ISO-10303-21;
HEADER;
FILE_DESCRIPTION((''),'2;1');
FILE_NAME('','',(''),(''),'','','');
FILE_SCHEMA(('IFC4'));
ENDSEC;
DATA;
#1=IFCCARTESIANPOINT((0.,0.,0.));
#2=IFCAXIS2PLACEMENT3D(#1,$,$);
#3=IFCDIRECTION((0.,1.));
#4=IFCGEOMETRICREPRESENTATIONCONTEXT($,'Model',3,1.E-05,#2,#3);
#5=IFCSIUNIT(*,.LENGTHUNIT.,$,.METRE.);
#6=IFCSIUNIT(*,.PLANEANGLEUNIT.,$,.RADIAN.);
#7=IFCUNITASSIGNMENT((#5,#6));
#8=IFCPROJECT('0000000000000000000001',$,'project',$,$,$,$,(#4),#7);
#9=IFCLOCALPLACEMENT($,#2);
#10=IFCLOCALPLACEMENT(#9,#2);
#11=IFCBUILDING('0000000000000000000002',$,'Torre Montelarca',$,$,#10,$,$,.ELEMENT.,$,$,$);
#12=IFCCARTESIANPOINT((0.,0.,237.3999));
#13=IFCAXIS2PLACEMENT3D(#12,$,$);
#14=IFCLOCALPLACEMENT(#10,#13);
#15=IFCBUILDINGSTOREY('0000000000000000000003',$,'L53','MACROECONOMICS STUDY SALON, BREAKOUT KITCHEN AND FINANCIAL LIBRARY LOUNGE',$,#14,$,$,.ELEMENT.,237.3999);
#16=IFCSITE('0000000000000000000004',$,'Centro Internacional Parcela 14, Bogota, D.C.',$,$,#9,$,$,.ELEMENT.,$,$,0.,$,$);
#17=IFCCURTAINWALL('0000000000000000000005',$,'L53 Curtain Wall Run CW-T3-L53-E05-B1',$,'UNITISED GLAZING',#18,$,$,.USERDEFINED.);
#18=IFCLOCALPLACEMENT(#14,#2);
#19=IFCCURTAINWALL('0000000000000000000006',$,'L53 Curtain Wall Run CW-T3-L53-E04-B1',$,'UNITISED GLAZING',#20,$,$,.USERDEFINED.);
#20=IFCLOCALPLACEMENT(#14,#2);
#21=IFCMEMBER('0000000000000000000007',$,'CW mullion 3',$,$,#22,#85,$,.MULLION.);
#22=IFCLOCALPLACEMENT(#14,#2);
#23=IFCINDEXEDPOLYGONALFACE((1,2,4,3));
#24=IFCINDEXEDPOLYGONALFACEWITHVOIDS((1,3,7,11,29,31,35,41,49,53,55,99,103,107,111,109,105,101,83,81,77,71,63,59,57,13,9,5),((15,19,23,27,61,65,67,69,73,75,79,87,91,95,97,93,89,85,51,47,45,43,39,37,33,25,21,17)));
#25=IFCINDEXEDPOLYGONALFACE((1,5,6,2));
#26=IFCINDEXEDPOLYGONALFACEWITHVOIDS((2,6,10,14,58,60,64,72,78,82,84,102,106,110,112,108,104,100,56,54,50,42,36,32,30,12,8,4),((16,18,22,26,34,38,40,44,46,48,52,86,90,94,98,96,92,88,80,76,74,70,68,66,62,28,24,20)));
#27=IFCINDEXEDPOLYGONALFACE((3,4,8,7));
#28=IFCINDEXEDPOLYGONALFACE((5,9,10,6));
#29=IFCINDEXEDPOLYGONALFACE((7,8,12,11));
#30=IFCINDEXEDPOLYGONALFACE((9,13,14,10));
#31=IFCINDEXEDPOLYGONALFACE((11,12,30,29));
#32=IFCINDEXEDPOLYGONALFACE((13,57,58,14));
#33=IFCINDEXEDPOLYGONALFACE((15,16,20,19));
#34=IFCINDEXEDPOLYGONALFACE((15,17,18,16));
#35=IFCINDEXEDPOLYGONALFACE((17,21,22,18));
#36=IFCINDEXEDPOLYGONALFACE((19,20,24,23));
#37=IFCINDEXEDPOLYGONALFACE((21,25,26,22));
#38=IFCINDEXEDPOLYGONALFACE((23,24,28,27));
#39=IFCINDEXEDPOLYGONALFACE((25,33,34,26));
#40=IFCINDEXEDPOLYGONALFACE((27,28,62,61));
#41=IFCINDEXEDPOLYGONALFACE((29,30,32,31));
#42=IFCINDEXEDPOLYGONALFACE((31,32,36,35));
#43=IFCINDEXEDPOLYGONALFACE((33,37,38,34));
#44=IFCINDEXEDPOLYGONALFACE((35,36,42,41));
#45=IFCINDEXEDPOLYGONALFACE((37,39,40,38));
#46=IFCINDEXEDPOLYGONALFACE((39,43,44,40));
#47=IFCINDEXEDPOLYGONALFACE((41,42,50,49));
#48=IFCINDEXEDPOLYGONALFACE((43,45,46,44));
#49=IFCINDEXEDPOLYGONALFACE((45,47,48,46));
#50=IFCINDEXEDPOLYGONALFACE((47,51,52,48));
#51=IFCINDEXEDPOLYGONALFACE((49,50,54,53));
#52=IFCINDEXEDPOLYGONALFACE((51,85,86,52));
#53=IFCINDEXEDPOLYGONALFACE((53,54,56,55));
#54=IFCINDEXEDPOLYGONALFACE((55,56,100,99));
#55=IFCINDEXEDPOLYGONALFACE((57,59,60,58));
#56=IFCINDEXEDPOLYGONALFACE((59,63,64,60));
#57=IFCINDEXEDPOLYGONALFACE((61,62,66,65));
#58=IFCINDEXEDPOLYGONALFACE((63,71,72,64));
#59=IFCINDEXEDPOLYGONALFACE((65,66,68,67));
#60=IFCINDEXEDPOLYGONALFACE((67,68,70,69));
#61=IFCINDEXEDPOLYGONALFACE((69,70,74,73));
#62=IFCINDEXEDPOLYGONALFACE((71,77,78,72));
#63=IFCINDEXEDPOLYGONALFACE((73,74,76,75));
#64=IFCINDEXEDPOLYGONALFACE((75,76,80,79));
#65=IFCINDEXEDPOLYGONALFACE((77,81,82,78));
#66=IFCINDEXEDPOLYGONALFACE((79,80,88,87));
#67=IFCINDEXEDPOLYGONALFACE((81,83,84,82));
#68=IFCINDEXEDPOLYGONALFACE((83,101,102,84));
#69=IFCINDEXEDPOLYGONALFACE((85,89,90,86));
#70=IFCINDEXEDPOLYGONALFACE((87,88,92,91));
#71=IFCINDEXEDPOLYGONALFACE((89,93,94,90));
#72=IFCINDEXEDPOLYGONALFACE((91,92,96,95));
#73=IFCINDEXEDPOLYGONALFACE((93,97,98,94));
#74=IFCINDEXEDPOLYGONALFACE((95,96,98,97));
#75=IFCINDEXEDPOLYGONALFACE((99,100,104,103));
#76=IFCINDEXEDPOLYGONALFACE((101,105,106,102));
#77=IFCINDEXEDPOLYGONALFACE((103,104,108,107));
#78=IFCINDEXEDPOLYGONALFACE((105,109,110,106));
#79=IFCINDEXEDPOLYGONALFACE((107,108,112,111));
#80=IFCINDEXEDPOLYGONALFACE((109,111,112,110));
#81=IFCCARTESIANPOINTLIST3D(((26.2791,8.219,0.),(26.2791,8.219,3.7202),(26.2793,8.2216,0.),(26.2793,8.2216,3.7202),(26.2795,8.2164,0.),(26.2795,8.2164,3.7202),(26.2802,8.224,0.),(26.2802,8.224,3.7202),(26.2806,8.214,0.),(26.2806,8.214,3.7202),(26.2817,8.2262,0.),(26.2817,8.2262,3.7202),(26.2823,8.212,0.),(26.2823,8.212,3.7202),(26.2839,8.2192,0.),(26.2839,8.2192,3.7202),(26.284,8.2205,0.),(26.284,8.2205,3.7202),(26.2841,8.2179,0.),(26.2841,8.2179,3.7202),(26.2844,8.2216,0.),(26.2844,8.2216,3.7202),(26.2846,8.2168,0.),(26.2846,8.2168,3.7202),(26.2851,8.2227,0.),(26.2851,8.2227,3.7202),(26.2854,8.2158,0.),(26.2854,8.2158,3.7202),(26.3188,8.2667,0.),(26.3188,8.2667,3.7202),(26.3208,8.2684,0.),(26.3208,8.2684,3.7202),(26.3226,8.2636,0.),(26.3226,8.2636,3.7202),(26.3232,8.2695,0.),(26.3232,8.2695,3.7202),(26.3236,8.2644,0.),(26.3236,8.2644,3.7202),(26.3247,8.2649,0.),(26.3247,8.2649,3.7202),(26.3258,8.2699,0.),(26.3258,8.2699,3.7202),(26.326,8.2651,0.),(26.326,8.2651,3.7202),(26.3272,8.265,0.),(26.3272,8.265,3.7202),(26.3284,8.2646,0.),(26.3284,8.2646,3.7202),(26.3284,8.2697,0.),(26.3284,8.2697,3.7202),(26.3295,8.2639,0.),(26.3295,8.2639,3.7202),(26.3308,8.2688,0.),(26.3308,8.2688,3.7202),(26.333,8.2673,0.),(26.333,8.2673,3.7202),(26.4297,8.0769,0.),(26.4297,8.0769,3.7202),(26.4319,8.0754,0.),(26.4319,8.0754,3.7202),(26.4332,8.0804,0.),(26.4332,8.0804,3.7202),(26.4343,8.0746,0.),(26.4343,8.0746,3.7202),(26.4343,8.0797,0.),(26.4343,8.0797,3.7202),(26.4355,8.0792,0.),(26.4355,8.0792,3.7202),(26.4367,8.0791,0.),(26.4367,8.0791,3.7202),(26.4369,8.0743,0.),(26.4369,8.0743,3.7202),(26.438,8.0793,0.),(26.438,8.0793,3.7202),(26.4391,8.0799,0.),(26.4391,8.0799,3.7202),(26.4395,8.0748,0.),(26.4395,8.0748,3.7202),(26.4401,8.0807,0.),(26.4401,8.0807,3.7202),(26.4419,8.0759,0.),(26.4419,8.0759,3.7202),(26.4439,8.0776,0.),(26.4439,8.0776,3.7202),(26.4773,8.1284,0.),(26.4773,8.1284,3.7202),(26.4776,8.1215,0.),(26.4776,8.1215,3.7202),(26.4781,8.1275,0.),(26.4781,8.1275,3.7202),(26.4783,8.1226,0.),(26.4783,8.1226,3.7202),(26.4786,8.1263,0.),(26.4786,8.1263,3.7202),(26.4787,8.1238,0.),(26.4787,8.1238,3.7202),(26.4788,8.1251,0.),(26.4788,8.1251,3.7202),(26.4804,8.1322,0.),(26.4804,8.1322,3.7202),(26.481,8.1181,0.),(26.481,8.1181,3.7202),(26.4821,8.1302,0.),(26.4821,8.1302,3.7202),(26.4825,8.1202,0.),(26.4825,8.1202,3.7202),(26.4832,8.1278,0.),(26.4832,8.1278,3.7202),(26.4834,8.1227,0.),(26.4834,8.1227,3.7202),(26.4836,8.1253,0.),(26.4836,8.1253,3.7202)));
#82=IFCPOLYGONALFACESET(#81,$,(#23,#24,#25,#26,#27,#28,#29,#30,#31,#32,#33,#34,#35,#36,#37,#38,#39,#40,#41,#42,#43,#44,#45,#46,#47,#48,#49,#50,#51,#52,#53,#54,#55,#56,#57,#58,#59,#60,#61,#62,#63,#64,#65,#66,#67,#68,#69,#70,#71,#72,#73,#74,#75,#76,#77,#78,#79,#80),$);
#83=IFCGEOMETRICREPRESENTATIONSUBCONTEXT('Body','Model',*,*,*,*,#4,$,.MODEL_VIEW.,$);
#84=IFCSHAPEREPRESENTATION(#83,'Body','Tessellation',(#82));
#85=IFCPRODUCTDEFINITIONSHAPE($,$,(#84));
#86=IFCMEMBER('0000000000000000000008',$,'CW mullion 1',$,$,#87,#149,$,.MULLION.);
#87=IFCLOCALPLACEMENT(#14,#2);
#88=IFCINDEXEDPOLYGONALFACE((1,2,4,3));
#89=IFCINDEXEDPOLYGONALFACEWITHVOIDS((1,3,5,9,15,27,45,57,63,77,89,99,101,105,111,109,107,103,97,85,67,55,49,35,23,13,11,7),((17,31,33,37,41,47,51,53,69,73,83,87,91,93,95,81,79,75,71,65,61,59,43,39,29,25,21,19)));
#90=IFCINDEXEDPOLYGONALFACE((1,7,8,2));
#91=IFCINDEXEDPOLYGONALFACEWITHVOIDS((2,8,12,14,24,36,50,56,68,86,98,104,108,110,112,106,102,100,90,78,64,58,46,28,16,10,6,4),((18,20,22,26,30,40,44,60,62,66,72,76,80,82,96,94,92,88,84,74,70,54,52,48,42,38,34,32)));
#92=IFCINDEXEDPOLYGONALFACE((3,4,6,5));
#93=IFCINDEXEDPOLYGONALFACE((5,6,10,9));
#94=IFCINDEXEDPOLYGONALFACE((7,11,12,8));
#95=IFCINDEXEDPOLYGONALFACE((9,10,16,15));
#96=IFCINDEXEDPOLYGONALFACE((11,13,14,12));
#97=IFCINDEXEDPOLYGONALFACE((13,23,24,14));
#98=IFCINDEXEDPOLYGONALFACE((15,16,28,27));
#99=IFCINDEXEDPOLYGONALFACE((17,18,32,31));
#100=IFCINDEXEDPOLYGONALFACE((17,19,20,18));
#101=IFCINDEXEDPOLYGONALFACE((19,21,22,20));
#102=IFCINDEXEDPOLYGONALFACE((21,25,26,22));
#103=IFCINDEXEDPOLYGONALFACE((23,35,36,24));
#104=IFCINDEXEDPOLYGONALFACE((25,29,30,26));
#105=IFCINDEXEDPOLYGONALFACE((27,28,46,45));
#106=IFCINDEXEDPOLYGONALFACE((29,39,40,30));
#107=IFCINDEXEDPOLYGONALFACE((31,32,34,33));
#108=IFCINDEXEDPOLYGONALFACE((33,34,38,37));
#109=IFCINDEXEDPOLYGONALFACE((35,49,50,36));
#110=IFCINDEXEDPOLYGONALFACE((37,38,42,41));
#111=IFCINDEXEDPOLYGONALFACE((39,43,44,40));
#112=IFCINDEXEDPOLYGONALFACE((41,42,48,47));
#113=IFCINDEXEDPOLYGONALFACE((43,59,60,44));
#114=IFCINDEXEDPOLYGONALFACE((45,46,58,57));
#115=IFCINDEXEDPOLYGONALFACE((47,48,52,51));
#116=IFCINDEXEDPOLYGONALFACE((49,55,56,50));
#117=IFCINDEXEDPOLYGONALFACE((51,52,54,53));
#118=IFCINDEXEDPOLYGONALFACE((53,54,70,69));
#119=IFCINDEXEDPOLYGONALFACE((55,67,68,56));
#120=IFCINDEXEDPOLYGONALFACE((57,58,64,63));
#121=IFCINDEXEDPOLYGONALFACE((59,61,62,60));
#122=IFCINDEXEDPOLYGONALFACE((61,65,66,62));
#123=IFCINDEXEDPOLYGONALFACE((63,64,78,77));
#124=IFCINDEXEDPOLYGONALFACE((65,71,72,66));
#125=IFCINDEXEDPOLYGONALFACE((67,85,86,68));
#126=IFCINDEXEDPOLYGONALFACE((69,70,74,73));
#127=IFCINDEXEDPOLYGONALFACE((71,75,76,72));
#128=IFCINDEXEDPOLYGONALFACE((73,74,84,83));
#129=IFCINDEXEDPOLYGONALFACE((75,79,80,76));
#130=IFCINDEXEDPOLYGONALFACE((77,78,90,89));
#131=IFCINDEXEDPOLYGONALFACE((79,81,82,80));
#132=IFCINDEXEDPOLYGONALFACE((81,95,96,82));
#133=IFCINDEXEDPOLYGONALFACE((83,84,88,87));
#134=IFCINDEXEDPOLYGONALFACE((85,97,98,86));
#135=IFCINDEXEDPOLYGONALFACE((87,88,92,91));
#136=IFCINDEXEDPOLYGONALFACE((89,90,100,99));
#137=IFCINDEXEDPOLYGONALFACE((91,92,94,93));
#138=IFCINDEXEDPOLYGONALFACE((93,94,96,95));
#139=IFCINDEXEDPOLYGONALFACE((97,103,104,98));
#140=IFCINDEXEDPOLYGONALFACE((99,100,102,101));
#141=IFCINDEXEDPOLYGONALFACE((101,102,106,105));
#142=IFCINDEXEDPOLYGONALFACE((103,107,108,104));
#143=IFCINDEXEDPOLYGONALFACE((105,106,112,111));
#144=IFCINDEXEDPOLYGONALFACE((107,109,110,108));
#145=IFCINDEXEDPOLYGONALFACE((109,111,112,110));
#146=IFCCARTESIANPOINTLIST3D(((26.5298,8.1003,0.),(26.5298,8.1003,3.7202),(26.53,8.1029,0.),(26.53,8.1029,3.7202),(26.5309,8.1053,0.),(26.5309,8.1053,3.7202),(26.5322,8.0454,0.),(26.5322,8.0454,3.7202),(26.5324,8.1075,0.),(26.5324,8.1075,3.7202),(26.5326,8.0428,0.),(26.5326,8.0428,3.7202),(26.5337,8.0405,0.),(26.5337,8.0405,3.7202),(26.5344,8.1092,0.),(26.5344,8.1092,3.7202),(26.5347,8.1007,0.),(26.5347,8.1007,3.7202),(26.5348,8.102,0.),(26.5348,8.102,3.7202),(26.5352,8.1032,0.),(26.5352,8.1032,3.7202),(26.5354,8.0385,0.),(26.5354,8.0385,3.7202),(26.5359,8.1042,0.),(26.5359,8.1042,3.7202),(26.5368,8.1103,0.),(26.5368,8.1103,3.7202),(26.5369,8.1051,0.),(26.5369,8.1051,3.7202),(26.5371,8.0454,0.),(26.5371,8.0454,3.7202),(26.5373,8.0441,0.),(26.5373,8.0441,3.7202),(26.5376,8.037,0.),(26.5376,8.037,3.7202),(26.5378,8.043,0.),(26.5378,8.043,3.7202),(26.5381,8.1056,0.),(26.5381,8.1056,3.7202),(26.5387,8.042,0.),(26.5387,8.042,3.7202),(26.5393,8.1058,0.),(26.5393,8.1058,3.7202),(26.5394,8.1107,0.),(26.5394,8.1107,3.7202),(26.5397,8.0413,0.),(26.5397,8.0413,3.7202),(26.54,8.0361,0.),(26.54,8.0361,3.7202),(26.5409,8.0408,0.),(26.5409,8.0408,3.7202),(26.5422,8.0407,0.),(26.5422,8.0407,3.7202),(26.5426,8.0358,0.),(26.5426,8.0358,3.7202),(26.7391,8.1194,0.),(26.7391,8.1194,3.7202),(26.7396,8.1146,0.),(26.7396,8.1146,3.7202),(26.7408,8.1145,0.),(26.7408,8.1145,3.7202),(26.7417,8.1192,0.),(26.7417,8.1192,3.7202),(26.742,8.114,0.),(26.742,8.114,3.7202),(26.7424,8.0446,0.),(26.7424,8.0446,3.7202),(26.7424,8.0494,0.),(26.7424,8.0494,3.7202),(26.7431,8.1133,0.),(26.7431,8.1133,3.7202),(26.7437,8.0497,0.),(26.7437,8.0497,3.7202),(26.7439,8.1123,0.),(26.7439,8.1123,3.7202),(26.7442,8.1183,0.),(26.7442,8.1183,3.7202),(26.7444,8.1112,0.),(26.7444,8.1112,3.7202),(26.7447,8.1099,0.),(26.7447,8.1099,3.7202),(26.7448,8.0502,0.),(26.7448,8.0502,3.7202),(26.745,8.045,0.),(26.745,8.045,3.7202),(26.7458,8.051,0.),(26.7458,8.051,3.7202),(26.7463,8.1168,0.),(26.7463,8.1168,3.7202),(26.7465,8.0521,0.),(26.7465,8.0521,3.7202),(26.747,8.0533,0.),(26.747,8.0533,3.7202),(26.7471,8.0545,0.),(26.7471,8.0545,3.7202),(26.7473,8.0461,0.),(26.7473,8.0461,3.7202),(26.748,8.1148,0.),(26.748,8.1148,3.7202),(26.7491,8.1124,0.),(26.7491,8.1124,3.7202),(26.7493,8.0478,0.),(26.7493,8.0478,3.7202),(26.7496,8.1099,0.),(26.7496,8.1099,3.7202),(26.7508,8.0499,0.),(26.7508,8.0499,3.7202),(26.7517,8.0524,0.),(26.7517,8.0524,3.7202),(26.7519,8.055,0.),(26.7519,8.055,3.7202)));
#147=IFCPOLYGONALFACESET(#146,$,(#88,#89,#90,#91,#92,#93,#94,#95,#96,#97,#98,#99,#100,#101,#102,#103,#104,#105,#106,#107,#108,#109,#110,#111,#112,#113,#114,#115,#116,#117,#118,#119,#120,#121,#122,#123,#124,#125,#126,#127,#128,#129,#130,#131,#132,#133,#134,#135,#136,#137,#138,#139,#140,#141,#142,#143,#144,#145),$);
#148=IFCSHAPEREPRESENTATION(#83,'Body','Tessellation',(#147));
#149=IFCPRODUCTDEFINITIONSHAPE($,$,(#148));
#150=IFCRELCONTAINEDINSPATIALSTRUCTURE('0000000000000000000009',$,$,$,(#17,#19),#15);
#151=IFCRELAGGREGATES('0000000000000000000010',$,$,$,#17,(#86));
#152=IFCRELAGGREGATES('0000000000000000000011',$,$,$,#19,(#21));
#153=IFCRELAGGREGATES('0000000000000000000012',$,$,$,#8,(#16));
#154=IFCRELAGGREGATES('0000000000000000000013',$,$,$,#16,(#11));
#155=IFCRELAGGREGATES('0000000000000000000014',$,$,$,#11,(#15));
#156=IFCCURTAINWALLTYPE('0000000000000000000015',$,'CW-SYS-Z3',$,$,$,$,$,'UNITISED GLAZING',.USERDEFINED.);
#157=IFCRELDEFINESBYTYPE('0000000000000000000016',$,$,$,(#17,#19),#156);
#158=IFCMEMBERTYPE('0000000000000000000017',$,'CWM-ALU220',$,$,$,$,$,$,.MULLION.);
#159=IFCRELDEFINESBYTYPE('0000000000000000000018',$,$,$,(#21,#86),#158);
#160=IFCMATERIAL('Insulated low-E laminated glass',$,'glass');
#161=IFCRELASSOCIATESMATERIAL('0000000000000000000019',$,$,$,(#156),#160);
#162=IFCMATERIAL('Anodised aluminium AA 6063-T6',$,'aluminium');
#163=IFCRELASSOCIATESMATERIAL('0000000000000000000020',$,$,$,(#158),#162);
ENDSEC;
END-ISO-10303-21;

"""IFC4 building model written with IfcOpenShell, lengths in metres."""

from ifc_helpers import new_model, si_unit, direction, frame, origin, origin_2d, place, context, subcontext, project, spatial, hollow_rectangle, extrude, source, transform, mapped, material, material_profile, profile_set, type_object, element, aggregate, save


model = new_model("IFC4")

# Units and contexts
model_context = context("Model", 3, precision=1e-05, world=origin(), true_north=direction((0.0, 1.0)))
body_context = subcontext(model_context, "Body", "Model", "MODEL_VIEW")
ifc_project = project(units=[si_unit("LENGTHUNIT", "METRE"), si_unit("PLANEANGLEUNIT", "RADIAN")], contexts=[model_context])

# Site, building, storey
site_placement = place(None, origin())
site = spatial("IfcSite", under=ifc_project, at=site_placement, Name="Centro Internacional Parcela 14, Bogota, D.C.", CompositionType="ELEMENT", RefElevation=0.0)
building_placement = place(site_placement, origin())
building = spatial("IfcBuilding", under=site, at=building_placement, Name="Torre Montelarca", CompositionType="ELEMENT")
storey_placement = place(building_placement, frame((0.0, 0.0, 237.3999)))
storey = spatial("IfcBuildingStorey", under=building, at=storey_placement, Name="L53", Description="MACROECONOMICS STUDY SALON, BREAKOUT KITCHEN AND FINANCIAL LIBRARY LOUNGE", CompositionType="ELEMENT", Elevation=237.3999)

# Curtain walls
ifc_material_1 = material(Name="Insulated low-E laminated glass", Category="glass")
curtain_wall_type = type_object("IfcCurtainWallType", Name="CW-SYS-Z3", ElementType="UNITISED GLAZING", PredefinedType="USERDEFINED", material=ifc_material_1)
curtain_wall_1_placement = place(storey_placement, origin())
curtain_wall_1 = element("IfcCurtainWall", 1, at=curtain_wall_1_placement, inside=storey, type_object=curtain_wall_type, Name="L53 Curtain Wall Run CW-T3-L53-E05-B1", ObjectType="UNITISED GLAZING", PredefinedType="USERDEFINED")
ifc_material_2 = material(Name="Anodised aluminium AA 6063-T6", Category="aluminium")
curtain_wall_2_placement = place(storey_placement, origin())
curtain_wall_2 = element("IfcCurtainWall", 2, at=curtain_wall_2_placement, inside=storey, type_object=curtain_wall_type, Name="L53 Curtain Wall Run CW-T3-L53-E04-B1", ObjectType="UNITISED GLAZING", PredefinedType="USERDEFINED")

# Shared definitions
ifc_material_profile_1 = material_profile(ifc_material_2, hollow_rectangle(XDim=0.075, YDim=0.22, WallThickness=0.0049, InnerFilletRadius=0.0049, OuterFilletRadius=0.01, at=origin_2d()), Name="ALU75X220X5", Category="aluminium")
ifc_profile_set_1 = profile_set([ifc_material_profile_1], Name="Anodised aluminium AA 6063-T6")
member_type_1 = type_object("IfcMemberType", Name="CWM-ALU220", PredefinedType="MULLION", material=ifc_profile_set_1)
shared_shape_1 = source(origin(), body_context, "Body", "SweptSolid", [
    extrude(hollow_rectangle(XDim=0.075, YDim=0.22, WallThickness=0.0049, InnerFilletRadius=0.0049, OuterFilletRadius=0.01, at=origin_2d()), origin(), (0.0, 0.0, 1.0), 3.7202),
])

# Members
member_1_placement = place(storey_placement, frame((26.3813, 8.1721, 0.0), z_axis=(0.0, 0.0, 1.0), x_axis=(0.675572, 0.737294, 0.0)))
member_1 = element("IfcMember", 3, at=member_1_placement, type_object=member_type_1, Name="CW mullion 3", PredefinedType="MULLION", context=body_context, shape_type="MappedRepresentation", body=[
    mapped(shared_shape_1, transform((0.0, 0.0, 0.0), scale=1.0)),
])
member_2_placement = place(storey_placement, frame((26.6409, 8.0776, 0.0), z_axis=(0.0, 0.0, 1.0), x_axis=(-0.043616, 0.999048, 0.0)))
member_2 = element("IfcMember", 4, at=member_2_placement, type_object=member_type_1, Name="CW mullion 1", PredefinedType="MULLION", context=body_context, shape_type="MappedRepresentation", body=[
    mapped(shared_shape_1, transform((0.0, 0.0, 0.0), scale=1.0)),
])

aggregate(curtain_wall_1, [member_2])
aggregate(curtain_wall_2, [member_1])

save(model, "model.ifc")
